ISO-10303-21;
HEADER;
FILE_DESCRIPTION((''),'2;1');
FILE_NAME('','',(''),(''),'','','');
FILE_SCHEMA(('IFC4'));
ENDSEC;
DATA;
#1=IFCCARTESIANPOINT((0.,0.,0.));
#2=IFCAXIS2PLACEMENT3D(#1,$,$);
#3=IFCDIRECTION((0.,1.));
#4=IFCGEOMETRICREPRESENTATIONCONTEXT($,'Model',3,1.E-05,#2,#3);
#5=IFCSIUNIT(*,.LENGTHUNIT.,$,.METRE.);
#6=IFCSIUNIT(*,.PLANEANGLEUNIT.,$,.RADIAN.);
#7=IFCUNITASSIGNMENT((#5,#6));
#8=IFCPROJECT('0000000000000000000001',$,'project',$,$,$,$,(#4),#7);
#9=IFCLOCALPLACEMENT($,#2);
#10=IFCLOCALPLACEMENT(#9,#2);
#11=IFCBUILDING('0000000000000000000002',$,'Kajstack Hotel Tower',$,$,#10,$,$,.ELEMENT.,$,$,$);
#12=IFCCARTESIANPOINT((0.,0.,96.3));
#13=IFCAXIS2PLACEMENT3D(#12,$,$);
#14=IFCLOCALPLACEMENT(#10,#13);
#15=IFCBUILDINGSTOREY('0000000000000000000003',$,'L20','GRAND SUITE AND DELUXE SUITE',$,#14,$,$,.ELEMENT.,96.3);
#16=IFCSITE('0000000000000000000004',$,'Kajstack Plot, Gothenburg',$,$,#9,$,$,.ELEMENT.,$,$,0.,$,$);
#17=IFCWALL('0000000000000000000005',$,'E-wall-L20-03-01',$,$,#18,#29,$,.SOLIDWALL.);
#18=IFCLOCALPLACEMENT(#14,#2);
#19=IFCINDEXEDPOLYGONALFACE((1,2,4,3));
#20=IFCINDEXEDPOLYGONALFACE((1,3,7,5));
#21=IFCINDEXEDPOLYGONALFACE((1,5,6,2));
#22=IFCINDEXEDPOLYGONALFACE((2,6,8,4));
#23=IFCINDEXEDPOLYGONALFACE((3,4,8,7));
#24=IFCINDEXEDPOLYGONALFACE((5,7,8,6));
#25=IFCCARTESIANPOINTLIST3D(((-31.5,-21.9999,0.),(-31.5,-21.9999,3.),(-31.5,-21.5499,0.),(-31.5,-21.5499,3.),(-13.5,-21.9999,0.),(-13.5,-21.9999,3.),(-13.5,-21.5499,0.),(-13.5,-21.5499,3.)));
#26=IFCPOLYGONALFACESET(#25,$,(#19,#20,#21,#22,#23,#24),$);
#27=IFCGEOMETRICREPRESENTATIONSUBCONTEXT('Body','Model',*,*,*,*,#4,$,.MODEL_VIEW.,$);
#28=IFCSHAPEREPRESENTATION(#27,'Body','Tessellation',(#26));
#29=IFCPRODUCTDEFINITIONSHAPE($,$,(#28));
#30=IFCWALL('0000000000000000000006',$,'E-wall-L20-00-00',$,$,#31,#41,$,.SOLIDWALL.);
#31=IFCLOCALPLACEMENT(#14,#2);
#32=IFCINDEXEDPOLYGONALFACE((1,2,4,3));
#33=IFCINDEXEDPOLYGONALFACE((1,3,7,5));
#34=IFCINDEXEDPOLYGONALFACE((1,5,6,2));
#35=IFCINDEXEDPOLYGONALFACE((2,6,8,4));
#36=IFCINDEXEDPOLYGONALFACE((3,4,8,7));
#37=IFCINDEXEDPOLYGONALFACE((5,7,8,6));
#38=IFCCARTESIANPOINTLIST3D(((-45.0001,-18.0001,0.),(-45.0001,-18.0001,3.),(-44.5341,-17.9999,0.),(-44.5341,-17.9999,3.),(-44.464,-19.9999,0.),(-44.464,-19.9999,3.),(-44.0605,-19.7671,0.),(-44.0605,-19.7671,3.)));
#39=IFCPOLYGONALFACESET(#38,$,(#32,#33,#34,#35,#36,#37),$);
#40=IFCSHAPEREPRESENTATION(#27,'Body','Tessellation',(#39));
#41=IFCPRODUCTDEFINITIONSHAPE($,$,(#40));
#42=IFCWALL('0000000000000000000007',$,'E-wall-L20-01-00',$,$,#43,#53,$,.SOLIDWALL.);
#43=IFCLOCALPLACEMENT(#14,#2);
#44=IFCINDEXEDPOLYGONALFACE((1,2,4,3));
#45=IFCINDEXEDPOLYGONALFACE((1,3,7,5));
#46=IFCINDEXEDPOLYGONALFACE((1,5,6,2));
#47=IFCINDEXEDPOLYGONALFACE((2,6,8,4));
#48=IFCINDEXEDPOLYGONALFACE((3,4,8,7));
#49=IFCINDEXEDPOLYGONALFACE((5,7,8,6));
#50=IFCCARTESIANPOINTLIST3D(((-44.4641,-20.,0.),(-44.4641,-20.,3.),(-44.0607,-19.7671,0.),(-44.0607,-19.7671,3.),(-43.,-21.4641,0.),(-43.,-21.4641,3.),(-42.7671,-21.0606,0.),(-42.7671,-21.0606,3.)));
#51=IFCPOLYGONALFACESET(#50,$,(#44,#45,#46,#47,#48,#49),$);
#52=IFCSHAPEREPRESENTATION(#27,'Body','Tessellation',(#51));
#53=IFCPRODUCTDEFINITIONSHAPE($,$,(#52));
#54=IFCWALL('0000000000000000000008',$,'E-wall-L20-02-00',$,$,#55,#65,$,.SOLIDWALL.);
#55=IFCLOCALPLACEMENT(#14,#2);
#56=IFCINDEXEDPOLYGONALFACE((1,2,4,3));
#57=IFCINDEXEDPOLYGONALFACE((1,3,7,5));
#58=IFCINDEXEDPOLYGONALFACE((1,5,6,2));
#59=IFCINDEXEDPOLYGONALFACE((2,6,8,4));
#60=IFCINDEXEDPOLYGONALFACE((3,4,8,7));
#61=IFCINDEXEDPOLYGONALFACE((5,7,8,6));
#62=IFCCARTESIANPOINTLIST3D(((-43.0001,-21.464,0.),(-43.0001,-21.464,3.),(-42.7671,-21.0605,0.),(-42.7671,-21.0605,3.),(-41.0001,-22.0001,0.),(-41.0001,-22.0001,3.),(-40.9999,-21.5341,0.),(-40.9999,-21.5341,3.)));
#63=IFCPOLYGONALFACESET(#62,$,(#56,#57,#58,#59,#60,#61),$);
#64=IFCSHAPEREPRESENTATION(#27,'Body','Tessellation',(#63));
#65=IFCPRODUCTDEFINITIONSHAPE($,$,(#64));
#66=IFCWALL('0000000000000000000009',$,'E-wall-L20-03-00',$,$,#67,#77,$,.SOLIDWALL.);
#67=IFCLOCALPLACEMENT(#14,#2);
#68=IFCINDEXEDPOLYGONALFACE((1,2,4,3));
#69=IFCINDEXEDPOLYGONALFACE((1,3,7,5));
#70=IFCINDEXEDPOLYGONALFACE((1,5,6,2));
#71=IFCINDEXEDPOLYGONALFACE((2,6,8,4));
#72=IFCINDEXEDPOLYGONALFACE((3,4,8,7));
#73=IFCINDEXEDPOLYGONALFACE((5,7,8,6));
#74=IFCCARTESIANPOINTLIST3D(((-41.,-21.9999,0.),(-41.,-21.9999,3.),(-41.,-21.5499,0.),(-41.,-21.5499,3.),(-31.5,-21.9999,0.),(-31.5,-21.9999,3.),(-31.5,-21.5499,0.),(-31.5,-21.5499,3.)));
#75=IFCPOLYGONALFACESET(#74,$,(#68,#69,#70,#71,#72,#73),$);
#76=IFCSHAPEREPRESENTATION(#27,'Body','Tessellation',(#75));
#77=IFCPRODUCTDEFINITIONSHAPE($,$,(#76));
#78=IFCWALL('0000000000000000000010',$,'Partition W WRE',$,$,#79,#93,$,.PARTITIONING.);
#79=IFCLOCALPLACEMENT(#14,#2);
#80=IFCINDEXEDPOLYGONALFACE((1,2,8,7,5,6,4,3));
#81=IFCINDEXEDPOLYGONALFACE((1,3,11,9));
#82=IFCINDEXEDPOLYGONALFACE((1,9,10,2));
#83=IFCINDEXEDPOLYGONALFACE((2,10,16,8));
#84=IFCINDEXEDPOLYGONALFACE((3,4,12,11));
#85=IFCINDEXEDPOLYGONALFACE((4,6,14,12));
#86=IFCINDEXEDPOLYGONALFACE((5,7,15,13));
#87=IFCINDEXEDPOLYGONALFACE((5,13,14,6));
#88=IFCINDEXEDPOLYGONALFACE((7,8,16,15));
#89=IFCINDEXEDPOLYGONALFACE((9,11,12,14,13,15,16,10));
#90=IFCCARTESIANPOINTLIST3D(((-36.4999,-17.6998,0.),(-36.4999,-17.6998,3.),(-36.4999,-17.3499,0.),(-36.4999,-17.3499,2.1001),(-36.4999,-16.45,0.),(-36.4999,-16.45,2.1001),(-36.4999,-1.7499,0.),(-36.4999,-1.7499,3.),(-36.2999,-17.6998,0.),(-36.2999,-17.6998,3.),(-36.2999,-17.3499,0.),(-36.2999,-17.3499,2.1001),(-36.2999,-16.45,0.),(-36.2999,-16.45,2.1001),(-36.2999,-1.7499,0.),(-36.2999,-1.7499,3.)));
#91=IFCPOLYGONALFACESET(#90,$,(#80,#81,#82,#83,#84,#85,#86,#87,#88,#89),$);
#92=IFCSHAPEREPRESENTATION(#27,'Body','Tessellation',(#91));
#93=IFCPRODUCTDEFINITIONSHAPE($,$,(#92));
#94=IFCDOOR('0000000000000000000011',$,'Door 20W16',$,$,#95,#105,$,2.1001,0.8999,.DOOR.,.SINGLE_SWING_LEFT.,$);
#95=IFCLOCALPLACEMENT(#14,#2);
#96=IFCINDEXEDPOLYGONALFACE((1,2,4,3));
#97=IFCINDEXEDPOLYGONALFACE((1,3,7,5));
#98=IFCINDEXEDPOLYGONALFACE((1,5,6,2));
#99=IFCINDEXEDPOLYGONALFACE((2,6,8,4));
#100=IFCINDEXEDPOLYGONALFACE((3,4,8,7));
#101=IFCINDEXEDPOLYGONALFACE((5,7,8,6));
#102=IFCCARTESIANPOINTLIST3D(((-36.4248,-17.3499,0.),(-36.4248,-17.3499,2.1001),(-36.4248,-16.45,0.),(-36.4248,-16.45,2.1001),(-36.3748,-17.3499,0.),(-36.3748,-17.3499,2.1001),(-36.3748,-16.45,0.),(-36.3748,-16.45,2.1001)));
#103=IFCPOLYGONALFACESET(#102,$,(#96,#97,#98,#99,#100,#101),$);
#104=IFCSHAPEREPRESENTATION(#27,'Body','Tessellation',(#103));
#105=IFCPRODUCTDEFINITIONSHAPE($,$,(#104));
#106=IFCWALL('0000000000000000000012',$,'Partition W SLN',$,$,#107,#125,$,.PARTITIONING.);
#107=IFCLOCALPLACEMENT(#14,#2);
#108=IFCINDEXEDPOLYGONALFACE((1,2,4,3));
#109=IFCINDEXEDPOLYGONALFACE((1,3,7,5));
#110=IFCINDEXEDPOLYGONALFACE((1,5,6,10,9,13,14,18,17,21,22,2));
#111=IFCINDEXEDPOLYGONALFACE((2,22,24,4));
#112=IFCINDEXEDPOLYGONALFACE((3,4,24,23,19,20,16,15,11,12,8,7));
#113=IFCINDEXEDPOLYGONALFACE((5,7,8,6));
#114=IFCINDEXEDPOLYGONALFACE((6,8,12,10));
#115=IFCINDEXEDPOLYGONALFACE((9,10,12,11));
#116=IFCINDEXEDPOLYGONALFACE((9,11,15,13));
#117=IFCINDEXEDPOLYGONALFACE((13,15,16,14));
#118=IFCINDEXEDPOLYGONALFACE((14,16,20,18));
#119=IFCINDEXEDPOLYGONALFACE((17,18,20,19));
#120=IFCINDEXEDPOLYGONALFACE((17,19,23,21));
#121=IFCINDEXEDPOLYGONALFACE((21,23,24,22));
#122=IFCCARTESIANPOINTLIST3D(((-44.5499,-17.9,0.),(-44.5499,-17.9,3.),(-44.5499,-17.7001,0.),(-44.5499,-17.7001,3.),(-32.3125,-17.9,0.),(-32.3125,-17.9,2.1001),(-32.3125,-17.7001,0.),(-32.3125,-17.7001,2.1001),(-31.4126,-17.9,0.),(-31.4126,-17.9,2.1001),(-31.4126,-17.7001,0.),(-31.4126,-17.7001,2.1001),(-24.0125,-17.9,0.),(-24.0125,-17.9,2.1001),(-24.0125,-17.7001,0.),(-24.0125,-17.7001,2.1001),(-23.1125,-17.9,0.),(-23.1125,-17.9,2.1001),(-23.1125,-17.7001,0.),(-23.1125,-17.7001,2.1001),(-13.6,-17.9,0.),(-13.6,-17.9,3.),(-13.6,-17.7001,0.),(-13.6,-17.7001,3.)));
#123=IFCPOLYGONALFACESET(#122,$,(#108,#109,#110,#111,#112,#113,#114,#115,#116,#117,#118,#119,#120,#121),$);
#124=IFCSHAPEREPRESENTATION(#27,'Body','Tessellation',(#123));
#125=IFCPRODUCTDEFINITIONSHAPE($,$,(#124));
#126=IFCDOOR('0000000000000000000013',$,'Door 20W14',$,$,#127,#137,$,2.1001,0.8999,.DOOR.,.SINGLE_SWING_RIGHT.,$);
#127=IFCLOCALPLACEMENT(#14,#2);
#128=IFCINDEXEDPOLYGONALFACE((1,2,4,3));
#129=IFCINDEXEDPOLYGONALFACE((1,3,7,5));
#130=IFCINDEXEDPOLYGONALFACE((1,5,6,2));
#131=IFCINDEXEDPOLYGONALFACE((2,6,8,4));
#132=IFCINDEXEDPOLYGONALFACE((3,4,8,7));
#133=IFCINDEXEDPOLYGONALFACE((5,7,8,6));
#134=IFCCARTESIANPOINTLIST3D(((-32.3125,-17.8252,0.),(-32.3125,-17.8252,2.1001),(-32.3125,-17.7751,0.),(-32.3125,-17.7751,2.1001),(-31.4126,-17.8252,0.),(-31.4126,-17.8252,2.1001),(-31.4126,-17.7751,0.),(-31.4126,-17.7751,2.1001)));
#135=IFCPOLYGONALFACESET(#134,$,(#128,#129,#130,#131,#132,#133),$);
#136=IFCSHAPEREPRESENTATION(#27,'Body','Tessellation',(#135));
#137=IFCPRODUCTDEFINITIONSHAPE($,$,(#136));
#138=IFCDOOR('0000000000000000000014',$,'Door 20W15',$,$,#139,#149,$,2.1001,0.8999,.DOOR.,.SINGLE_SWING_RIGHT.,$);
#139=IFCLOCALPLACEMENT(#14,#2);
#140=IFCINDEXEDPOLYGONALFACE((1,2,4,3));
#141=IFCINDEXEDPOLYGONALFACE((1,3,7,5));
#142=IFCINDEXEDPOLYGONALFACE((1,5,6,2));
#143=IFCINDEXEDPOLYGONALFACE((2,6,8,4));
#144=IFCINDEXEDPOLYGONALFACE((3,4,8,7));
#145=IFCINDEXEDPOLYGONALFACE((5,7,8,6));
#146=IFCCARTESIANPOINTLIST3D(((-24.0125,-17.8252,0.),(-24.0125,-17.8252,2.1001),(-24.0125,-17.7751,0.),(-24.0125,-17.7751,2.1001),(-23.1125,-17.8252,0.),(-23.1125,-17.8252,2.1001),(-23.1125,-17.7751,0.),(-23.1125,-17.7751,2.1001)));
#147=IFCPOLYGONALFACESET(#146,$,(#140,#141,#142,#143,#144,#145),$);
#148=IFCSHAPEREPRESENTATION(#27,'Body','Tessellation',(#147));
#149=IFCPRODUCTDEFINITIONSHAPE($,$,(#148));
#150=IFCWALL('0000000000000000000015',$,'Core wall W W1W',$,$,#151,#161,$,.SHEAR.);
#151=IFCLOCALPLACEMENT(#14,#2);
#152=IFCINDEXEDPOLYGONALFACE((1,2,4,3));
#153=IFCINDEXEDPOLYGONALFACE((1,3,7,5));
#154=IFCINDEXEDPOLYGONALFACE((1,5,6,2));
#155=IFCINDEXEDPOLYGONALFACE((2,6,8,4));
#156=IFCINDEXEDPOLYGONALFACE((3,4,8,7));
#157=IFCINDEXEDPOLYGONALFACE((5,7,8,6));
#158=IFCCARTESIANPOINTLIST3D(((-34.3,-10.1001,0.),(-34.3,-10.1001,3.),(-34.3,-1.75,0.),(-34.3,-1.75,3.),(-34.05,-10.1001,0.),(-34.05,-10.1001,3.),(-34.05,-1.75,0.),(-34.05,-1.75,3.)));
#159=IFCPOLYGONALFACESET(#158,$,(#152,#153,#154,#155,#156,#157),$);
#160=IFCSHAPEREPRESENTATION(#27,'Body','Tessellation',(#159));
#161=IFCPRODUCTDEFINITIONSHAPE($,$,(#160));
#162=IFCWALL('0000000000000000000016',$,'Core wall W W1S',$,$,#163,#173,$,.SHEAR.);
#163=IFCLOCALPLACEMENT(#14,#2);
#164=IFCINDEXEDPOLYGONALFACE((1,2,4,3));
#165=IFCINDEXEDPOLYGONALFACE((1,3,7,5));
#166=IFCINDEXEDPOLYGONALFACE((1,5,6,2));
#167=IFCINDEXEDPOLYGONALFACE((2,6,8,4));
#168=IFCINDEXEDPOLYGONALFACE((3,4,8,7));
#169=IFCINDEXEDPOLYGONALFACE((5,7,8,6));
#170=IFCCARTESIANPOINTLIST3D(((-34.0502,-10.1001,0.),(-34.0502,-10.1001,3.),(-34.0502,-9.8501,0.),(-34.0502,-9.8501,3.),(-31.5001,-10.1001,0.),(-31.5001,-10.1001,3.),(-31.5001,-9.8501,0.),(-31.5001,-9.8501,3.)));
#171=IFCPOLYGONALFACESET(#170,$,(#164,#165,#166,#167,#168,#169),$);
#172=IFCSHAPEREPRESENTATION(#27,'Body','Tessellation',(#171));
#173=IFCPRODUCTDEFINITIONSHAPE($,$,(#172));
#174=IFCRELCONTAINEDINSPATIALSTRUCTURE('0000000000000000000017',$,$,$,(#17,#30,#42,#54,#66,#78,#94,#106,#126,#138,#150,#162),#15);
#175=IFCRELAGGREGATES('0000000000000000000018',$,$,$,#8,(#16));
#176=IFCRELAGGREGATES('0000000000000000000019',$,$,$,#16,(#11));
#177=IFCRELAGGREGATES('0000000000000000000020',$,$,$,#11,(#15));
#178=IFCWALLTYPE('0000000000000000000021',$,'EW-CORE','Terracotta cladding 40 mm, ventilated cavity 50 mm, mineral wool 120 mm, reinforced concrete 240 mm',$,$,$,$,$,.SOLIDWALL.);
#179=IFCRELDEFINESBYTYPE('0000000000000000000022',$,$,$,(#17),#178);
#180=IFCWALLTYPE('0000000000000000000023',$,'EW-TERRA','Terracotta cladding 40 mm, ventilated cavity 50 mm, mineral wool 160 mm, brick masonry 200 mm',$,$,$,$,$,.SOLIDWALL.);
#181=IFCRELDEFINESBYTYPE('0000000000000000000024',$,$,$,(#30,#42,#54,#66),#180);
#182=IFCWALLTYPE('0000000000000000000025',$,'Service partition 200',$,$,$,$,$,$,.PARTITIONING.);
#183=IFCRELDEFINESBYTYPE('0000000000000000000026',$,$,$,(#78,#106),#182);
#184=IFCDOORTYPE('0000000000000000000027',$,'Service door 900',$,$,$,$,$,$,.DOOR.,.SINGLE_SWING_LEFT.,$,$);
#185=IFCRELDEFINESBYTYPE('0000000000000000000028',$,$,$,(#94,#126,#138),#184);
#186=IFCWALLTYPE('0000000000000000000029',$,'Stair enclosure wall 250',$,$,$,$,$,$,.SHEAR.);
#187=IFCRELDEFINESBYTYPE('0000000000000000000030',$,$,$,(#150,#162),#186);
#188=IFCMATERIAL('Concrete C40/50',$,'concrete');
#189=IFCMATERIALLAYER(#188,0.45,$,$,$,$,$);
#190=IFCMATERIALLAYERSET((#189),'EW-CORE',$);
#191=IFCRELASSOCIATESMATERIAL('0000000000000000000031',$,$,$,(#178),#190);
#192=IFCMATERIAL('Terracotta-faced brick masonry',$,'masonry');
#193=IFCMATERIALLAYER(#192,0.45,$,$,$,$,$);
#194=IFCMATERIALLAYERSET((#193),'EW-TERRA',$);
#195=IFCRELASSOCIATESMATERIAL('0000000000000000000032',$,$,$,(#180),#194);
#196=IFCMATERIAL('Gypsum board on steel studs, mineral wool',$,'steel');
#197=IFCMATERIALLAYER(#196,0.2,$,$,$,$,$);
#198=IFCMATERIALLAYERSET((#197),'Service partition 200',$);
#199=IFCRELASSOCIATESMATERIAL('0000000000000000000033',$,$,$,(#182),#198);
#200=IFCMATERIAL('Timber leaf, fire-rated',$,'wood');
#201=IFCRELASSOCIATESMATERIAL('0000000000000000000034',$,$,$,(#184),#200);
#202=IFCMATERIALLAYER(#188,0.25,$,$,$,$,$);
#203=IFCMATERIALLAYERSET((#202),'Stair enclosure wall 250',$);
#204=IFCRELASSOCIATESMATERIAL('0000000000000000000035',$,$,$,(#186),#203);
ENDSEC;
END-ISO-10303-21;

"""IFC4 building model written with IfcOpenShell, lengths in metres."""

from ifc_helpers import new_model, si_unit, direction, frame, frame_2d, origin, place, context, subcontext, project, spatial, polyline, rectangle, outline, extrude, material, layer, layer_set, type_object, element, fill, save


model = new_model("IFC4")

# Units and contexts
model_context = context("Model", 3, precision=1e-05, world=origin(), true_north=direction((0.0, 1.0)))
body_context = subcontext(model_context, "Body", "Model", "MODEL_VIEW")
ifc_project = project(units=[si_unit("LENGTHUNIT", "METRE"), si_unit("PLANEANGLEUNIT", "RADIAN")], contexts=[model_context])

# Site, building, storey
site_placement = place(None, origin())
site = spatial("IfcSite", under=ifc_project, at=site_placement, Name="Kajstack Plot, Gothenburg", CompositionType="ELEMENT", RefElevation=0.0)
building_placement = place(site_placement, origin())
building = spatial("IfcBuilding", under=site, at=building_placement, Name="Kajstack Hotel Tower", CompositionType="ELEMENT")
storey_placement = place(building_placement, frame((0.0, 0.0, 96.3)))
storey = spatial("IfcBuildingStorey", under=building, at=storey_placement, Name="L20", Description="GRAND SUITE AND DELUXE SUITE", CompositionType="ELEMENT", Elevation=96.3)

# Walls
ifc_material_1 = material(Name="Concrete C40/50", Category="concrete")
ifc_layer_1 = layer(ifc_material_1, 0.45)
ifc_layer_set_1 = layer_set([ifc_layer_1], Name="EW-CORE")
wall_type_1 = type_object("IfcWallType", Name="EW-CORE", Description="Terracotta cladding 40 mm, ventilated cavity 50 mm, mineral wool 120 mm, reinforced concrete 240 mm", PredefinedType="SOLIDWALL", material=ifc_layer_set_1)
wall_1_placement = place(storey_placement, frame((-31.5, -21.7749, 0.0), z_axis=(0.0, 0.0, 1.0), x_axis=(1.0, 0.0, 0.0)))
element("IfcWall", 1, at=wall_1_placement, inside=storey, type_object=wall_type_1, Name="E-wall-L20-03-01", PredefinedType="SOLIDWALL", context=body_context, shape_type="SweptSolid", body=[
    extrude(rectangle(XDim=18.0, YDim=0.45, at=frame_2d((9.0, 0.0))), origin(), (0.0, 0.0, 1.0), 3.0),
])
ifc_material_2 = material(Name="Terracotta-faced brick masonry", Category="masonry")
ifc_layer_2 = layer(ifc_material_2, 0.45)
ifc_layer_set_2 = layer_set([ifc_layer_2], Name="EW-TERRA")
wall_type_2 = type_object("IfcWallType", Name="EW-TERRA", Description="Terracotta cladding 40 mm, ventilated cavity 50 mm, mineral wool 160 mm, brick masonry 200 mm", PredefinedType="SOLIDWALL", material=ifc_layer_set_2)
wall_2_placement = place(storey_placement, frame((-44.7827, -17.9417, 0.0), z_axis=(0.0, 0.0, 1.0), x_axis=(0.258815, -0.965927, 0.0)))
element("IfcWall", 2, at=wall_2_placement, inside=storey, type_object=wall_type_2, Name="E-wall-L20-00-00", PredefinedType="SOLIDWALL", context=body_context, shape_type="SweptSolid", body=[
    extrude(outline(polyline([(0.0002, -0.2251), (2.0706, -0.2249), (1.9502, 0.2251), (0.1206, 0.2251), (0.0002, -0.2251)])), origin(), (0.0, 0.0, 1.0), 3.0),
])
wall_3_placement = place(storey_placement, frame((-44.3049, -19.8408, 0.0), z_axis=(0.0, 0.0, 1.0), x_axis=(0.707107, -0.707107, 0.0)))
element("IfcWall", 3, at=wall_3_placement, inside=storey, type_object=wall_type_2, Name="E-wall-L20-01-00", PredefinedType="SOLIDWALL", context=body_context, shape_type="SweptSolid", body=[
    extrude(outline(polyline([(0.0, -0.2251), (2.0706, -0.2251), (1.95, 0.2249), (0.1206, 0.2249), (0.0, -0.2251)])), origin(), (0.0, 0.0, 1.0), 3.0),
])
wall_4_placement = place(storey_placement, frame((-42.9417, -21.2468, 0.0), z_axis=(0.0, 0.0, 1.0), x_axis=(0.965927, -0.258815, 0.0)))
element("IfcWall", 4, at=wall_4_placement, inside=storey, type_object=wall_type_2, Name="E-wall-L20-02-00", PredefinedType="SOLIDWALL", context=body_context, shape_type="SweptSolid", body=[
    extrude(outline(polyline([(-0.0002, -0.2249), (2.0703, -0.2251), (1.95, 0.2251), (0.1204, 0.2251), (-0.0002, -0.2249)])), origin(), (0.0, 0.0, 1.0), 3.0),
])
wall_5_placement = place(storey_placement, frame((-41.0, -21.7749, 0.0), z_axis=(0.0, 0.0, 1.0), x_axis=(1.0, 0.0, 0.0)))
element("IfcWall", 5, at=wall_5_placement, inside=storey, type_object=wall_type_2, Name="E-wall-L20-03-00", PredefinedType="SOLIDWALL", context=body_context, shape_type="SweptSolid", body=[
    extrude(rectangle(XDim=9.5, YDim=0.45, at=frame_2d((4.75, 0.0))), origin(), (0.0, 0.0, 1.0), 3.0),
])

# Wall, opening, door
ifc_material_3 = material(Name="Gypsum board on steel studs, mineral wool", Category="steel")
ifc_layer_3 = layer(ifc_material_3, 0.2)
ifc_layer_set_3 = layer_set([ifc_layer_3], Name="Service partition 200")
wall_type_3 = type_object("IfcWallType", Name="Service partition 200", PredefinedType="PARTITIONING", material=ifc_layer_set_3)
wall_6_placement = place(storey_placement, frame((-36.3999, -17.7, 0.0), z_axis=(0.0, 0.0, 1.0), x_axis=(0.0, 1.0, 0.0)))
wall_6 = element("IfcWall", 6, at=wall_6_placement, inside=storey, type_object=wall_type_3, Name="Partition W WRE", PredefinedType="PARTITIONING", context=body_context, shape_type="SweptSolid", body=[
    extrude(rectangle(XDim=15.95, YDim=0.2, at=frame_2d((7.9751, 0.0))), origin(), (0.0, 0.0, 1.0), 3.0),
])
opening_1_placement = place(wall_6_placement, frame((0.3501, 0.0, 0.0)))
opening_1 = element("IfcOpeningElement", 7, at=opening_1_placement, cuts=wall_6, PredefinedType="OPENING", context=body_context, shape_type="SweptSolid", body=[
    extrude(rectangle(XDim=0.8999, YDim=2.1001, at=frame_2d((0.45, 1.05))), frame((0.0, 0.1099, 0.0), z_axis=(0.0, -1.0, 0.0), x_axis=(1.0, 0.0, 0.0)), (0.0, 0.0, 1.0), 0.22),
])
ifc_material_4 = material(Name="Timber leaf, fire-rated", Category="wood")
door_type = type_object("IfcDoorType", Name="Service door 900", OperationType="SINGLE_SWING_LEFT", PredefinedType="DOOR", material=ifc_material_4)
door_1_placement = place(opening_1_placement, origin())
door_1 = element("IfcDoor", 8, at=door_1_placement, inside=storey, type_object=door_type, Name="Door 20W16", OperationType="SINGLE_SWING_LEFT", OverallHeight=2.1001, OverallWidth=0.8999, PredefinedType="DOOR", context=body_context, shape_type="SweptSolid", body=[
    extrude(rectangle(XDim=0.8999, YDim=2.1001, at=frame_2d((0.45, 1.05))), frame((0.0, 0.0249, 0.0), z_axis=(0.0, -1.0, 0.0), x_axis=(1.0, 0.0, 0.0)), (0.0, 0.0, 1.0), 0.05),
])
fill(opening_1, door_1)

# Wall, openings, doors
wall_7_placement = place(storey_placement, frame((-44.55, -17.8, 0.0), z_axis=(0.0, 0.0, 1.0), x_axis=(1.0, 0.0, 0.0)))
wall_7 = element("IfcWall", 9, at=wall_7_placement, inside=storey, type_object=wall_type_3, Name="Partition W SLN", PredefinedType="PARTITIONING", context=body_context, shape_type="SweptSolid", body=[
    extrude(rectangle(XDim=30.95, YDim=0.2, at=frame_2d((15.4751, 0.0))), origin(), (0.0, 0.0, 1.0), 3.0),
])
opening_2_placement = place(wall_7_placement, frame((12.2375, 0.0, 0.0)))
opening_2 = element("IfcOpeningElement", 10, at=opening_2_placement, cuts=wall_7, PredefinedType="OPENING", context=body_context, shape_type="SweptSolid", body=[
    extrude(rectangle(XDim=0.8999, YDim=2.1001, at=frame_2d((0.45, 1.05))), frame((0.0, 0.1099, 0.0), z_axis=(0.0, -1.0, 0.0), x_axis=(1.0, 0.0, 0.0)), (0.0, 0.0, 1.0), 0.22),
])
opening_3_placement = place(wall_7_placement, frame((20.5376, 0.0, 0.0)))
opening_3 = element("IfcOpeningElement", 11, at=opening_3_placement, cuts=wall_7, PredefinedType="OPENING", context=body_context, shape_type="SweptSolid", body=[
    extrude(rectangle(XDim=0.8999, YDim=2.1001, at=frame_2d((0.45, 1.05))), frame((0.0, 0.1099, 0.0), z_axis=(0.0, -1.0, 0.0), x_axis=(1.0, 0.0, 0.0)), (0.0, 0.0, 1.0), 0.22),
])
door_2_placement = place(opening_2_placement, origin())
door_2 = element("IfcDoor", 12, at=door_2_placement, inside=storey, type_object=door_type, Name="Door 20W14", OperationType="SINGLE_SWING_RIGHT", OverallHeight=2.1001, OverallWidth=0.8999, PredefinedType="DOOR", context=body_context, shape_type="SweptSolid", body=[
    extrude(rectangle(XDim=0.8999, YDim=2.1001, at=frame_2d((0.45, 1.05))), frame((0.0, 0.0249, 0.0), z_axis=(0.0, -1.0, 0.0), x_axis=(1.0, 0.0, 0.0)), (0.0, 0.0, 1.0), 0.05),
])
fill(opening_2, door_2)
door_3_placement = place(opening_3_placement, origin())
door_3 = element("IfcDoor", 13, at=door_3_placement, inside=storey, type_object=door_type, Name="Door 20W15", OperationType="SINGLE_SWING_RIGHT", OverallHeight=2.1001, OverallWidth=0.8999, PredefinedType="DOOR", context=body_context, shape_type="SweptSolid", body=[
    extrude(rectangle(XDim=0.8999, YDim=2.1001, at=frame_2d((0.45, 1.05))), frame((0.0, 0.0249, 0.0), z_axis=(0.0, -1.0, 0.0), x_axis=(1.0, 0.0, 0.0)), (0.0, 0.0, 1.0), 0.05),
])
fill(opening_3, door_3)

# Walls
ifc_layer_4 = layer(ifc_material_1, 0.25)
ifc_layer_set_4 = layer_set([ifc_layer_4], Name="Stair enclosure wall 250")
wall_type_4 = type_object("IfcWallType", Name="Stair enclosure wall 250", PredefinedType="SHEAR", material=ifc_layer_set_4)
wall_8_placement = place(storey_placement, frame((-34.175, -10.1001, 0.0), z_axis=(0.0, 0.0, 1.0), x_axis=(0.0, 1.0, 0.0)))
element("IfcWall", 14, at=wall_8_placement, inside=storey, type_object=wall_type_4, Name="Core wall W W1W", PredefinedType="SHEAR", context=body_context, shape_type="SweptSolid", body=[
    extrude(rectangle(XDim=8.3501, YDim=0.25, at=frame_2d((4.175, 0.0))), origin(), (0.0, 0.0, 1.0), 3.0),
])
wall_9_placement = place(storey_placement, frame((-34.05, -9.9751, 0.0), z_axis=(0.0, 0.0, 1.0), x_axis=(1.0, 0.0, 0.0)))
element("IfcWall", 15, at=wall_9_placement, inside=storey, type_object=wall_type_4, Name="Core wall W W1S", PredefinedType="SHEAR", context=body_context, shape_type="SweptSolid", body=[
    extrude(rectangle(XDim=2.55, YDim=0.25, at=frame_2d((1.2749, 0.0))), origin(), (0.0, 0.0, 1.0), 3.0),
])

save(model, "model.ifc")
